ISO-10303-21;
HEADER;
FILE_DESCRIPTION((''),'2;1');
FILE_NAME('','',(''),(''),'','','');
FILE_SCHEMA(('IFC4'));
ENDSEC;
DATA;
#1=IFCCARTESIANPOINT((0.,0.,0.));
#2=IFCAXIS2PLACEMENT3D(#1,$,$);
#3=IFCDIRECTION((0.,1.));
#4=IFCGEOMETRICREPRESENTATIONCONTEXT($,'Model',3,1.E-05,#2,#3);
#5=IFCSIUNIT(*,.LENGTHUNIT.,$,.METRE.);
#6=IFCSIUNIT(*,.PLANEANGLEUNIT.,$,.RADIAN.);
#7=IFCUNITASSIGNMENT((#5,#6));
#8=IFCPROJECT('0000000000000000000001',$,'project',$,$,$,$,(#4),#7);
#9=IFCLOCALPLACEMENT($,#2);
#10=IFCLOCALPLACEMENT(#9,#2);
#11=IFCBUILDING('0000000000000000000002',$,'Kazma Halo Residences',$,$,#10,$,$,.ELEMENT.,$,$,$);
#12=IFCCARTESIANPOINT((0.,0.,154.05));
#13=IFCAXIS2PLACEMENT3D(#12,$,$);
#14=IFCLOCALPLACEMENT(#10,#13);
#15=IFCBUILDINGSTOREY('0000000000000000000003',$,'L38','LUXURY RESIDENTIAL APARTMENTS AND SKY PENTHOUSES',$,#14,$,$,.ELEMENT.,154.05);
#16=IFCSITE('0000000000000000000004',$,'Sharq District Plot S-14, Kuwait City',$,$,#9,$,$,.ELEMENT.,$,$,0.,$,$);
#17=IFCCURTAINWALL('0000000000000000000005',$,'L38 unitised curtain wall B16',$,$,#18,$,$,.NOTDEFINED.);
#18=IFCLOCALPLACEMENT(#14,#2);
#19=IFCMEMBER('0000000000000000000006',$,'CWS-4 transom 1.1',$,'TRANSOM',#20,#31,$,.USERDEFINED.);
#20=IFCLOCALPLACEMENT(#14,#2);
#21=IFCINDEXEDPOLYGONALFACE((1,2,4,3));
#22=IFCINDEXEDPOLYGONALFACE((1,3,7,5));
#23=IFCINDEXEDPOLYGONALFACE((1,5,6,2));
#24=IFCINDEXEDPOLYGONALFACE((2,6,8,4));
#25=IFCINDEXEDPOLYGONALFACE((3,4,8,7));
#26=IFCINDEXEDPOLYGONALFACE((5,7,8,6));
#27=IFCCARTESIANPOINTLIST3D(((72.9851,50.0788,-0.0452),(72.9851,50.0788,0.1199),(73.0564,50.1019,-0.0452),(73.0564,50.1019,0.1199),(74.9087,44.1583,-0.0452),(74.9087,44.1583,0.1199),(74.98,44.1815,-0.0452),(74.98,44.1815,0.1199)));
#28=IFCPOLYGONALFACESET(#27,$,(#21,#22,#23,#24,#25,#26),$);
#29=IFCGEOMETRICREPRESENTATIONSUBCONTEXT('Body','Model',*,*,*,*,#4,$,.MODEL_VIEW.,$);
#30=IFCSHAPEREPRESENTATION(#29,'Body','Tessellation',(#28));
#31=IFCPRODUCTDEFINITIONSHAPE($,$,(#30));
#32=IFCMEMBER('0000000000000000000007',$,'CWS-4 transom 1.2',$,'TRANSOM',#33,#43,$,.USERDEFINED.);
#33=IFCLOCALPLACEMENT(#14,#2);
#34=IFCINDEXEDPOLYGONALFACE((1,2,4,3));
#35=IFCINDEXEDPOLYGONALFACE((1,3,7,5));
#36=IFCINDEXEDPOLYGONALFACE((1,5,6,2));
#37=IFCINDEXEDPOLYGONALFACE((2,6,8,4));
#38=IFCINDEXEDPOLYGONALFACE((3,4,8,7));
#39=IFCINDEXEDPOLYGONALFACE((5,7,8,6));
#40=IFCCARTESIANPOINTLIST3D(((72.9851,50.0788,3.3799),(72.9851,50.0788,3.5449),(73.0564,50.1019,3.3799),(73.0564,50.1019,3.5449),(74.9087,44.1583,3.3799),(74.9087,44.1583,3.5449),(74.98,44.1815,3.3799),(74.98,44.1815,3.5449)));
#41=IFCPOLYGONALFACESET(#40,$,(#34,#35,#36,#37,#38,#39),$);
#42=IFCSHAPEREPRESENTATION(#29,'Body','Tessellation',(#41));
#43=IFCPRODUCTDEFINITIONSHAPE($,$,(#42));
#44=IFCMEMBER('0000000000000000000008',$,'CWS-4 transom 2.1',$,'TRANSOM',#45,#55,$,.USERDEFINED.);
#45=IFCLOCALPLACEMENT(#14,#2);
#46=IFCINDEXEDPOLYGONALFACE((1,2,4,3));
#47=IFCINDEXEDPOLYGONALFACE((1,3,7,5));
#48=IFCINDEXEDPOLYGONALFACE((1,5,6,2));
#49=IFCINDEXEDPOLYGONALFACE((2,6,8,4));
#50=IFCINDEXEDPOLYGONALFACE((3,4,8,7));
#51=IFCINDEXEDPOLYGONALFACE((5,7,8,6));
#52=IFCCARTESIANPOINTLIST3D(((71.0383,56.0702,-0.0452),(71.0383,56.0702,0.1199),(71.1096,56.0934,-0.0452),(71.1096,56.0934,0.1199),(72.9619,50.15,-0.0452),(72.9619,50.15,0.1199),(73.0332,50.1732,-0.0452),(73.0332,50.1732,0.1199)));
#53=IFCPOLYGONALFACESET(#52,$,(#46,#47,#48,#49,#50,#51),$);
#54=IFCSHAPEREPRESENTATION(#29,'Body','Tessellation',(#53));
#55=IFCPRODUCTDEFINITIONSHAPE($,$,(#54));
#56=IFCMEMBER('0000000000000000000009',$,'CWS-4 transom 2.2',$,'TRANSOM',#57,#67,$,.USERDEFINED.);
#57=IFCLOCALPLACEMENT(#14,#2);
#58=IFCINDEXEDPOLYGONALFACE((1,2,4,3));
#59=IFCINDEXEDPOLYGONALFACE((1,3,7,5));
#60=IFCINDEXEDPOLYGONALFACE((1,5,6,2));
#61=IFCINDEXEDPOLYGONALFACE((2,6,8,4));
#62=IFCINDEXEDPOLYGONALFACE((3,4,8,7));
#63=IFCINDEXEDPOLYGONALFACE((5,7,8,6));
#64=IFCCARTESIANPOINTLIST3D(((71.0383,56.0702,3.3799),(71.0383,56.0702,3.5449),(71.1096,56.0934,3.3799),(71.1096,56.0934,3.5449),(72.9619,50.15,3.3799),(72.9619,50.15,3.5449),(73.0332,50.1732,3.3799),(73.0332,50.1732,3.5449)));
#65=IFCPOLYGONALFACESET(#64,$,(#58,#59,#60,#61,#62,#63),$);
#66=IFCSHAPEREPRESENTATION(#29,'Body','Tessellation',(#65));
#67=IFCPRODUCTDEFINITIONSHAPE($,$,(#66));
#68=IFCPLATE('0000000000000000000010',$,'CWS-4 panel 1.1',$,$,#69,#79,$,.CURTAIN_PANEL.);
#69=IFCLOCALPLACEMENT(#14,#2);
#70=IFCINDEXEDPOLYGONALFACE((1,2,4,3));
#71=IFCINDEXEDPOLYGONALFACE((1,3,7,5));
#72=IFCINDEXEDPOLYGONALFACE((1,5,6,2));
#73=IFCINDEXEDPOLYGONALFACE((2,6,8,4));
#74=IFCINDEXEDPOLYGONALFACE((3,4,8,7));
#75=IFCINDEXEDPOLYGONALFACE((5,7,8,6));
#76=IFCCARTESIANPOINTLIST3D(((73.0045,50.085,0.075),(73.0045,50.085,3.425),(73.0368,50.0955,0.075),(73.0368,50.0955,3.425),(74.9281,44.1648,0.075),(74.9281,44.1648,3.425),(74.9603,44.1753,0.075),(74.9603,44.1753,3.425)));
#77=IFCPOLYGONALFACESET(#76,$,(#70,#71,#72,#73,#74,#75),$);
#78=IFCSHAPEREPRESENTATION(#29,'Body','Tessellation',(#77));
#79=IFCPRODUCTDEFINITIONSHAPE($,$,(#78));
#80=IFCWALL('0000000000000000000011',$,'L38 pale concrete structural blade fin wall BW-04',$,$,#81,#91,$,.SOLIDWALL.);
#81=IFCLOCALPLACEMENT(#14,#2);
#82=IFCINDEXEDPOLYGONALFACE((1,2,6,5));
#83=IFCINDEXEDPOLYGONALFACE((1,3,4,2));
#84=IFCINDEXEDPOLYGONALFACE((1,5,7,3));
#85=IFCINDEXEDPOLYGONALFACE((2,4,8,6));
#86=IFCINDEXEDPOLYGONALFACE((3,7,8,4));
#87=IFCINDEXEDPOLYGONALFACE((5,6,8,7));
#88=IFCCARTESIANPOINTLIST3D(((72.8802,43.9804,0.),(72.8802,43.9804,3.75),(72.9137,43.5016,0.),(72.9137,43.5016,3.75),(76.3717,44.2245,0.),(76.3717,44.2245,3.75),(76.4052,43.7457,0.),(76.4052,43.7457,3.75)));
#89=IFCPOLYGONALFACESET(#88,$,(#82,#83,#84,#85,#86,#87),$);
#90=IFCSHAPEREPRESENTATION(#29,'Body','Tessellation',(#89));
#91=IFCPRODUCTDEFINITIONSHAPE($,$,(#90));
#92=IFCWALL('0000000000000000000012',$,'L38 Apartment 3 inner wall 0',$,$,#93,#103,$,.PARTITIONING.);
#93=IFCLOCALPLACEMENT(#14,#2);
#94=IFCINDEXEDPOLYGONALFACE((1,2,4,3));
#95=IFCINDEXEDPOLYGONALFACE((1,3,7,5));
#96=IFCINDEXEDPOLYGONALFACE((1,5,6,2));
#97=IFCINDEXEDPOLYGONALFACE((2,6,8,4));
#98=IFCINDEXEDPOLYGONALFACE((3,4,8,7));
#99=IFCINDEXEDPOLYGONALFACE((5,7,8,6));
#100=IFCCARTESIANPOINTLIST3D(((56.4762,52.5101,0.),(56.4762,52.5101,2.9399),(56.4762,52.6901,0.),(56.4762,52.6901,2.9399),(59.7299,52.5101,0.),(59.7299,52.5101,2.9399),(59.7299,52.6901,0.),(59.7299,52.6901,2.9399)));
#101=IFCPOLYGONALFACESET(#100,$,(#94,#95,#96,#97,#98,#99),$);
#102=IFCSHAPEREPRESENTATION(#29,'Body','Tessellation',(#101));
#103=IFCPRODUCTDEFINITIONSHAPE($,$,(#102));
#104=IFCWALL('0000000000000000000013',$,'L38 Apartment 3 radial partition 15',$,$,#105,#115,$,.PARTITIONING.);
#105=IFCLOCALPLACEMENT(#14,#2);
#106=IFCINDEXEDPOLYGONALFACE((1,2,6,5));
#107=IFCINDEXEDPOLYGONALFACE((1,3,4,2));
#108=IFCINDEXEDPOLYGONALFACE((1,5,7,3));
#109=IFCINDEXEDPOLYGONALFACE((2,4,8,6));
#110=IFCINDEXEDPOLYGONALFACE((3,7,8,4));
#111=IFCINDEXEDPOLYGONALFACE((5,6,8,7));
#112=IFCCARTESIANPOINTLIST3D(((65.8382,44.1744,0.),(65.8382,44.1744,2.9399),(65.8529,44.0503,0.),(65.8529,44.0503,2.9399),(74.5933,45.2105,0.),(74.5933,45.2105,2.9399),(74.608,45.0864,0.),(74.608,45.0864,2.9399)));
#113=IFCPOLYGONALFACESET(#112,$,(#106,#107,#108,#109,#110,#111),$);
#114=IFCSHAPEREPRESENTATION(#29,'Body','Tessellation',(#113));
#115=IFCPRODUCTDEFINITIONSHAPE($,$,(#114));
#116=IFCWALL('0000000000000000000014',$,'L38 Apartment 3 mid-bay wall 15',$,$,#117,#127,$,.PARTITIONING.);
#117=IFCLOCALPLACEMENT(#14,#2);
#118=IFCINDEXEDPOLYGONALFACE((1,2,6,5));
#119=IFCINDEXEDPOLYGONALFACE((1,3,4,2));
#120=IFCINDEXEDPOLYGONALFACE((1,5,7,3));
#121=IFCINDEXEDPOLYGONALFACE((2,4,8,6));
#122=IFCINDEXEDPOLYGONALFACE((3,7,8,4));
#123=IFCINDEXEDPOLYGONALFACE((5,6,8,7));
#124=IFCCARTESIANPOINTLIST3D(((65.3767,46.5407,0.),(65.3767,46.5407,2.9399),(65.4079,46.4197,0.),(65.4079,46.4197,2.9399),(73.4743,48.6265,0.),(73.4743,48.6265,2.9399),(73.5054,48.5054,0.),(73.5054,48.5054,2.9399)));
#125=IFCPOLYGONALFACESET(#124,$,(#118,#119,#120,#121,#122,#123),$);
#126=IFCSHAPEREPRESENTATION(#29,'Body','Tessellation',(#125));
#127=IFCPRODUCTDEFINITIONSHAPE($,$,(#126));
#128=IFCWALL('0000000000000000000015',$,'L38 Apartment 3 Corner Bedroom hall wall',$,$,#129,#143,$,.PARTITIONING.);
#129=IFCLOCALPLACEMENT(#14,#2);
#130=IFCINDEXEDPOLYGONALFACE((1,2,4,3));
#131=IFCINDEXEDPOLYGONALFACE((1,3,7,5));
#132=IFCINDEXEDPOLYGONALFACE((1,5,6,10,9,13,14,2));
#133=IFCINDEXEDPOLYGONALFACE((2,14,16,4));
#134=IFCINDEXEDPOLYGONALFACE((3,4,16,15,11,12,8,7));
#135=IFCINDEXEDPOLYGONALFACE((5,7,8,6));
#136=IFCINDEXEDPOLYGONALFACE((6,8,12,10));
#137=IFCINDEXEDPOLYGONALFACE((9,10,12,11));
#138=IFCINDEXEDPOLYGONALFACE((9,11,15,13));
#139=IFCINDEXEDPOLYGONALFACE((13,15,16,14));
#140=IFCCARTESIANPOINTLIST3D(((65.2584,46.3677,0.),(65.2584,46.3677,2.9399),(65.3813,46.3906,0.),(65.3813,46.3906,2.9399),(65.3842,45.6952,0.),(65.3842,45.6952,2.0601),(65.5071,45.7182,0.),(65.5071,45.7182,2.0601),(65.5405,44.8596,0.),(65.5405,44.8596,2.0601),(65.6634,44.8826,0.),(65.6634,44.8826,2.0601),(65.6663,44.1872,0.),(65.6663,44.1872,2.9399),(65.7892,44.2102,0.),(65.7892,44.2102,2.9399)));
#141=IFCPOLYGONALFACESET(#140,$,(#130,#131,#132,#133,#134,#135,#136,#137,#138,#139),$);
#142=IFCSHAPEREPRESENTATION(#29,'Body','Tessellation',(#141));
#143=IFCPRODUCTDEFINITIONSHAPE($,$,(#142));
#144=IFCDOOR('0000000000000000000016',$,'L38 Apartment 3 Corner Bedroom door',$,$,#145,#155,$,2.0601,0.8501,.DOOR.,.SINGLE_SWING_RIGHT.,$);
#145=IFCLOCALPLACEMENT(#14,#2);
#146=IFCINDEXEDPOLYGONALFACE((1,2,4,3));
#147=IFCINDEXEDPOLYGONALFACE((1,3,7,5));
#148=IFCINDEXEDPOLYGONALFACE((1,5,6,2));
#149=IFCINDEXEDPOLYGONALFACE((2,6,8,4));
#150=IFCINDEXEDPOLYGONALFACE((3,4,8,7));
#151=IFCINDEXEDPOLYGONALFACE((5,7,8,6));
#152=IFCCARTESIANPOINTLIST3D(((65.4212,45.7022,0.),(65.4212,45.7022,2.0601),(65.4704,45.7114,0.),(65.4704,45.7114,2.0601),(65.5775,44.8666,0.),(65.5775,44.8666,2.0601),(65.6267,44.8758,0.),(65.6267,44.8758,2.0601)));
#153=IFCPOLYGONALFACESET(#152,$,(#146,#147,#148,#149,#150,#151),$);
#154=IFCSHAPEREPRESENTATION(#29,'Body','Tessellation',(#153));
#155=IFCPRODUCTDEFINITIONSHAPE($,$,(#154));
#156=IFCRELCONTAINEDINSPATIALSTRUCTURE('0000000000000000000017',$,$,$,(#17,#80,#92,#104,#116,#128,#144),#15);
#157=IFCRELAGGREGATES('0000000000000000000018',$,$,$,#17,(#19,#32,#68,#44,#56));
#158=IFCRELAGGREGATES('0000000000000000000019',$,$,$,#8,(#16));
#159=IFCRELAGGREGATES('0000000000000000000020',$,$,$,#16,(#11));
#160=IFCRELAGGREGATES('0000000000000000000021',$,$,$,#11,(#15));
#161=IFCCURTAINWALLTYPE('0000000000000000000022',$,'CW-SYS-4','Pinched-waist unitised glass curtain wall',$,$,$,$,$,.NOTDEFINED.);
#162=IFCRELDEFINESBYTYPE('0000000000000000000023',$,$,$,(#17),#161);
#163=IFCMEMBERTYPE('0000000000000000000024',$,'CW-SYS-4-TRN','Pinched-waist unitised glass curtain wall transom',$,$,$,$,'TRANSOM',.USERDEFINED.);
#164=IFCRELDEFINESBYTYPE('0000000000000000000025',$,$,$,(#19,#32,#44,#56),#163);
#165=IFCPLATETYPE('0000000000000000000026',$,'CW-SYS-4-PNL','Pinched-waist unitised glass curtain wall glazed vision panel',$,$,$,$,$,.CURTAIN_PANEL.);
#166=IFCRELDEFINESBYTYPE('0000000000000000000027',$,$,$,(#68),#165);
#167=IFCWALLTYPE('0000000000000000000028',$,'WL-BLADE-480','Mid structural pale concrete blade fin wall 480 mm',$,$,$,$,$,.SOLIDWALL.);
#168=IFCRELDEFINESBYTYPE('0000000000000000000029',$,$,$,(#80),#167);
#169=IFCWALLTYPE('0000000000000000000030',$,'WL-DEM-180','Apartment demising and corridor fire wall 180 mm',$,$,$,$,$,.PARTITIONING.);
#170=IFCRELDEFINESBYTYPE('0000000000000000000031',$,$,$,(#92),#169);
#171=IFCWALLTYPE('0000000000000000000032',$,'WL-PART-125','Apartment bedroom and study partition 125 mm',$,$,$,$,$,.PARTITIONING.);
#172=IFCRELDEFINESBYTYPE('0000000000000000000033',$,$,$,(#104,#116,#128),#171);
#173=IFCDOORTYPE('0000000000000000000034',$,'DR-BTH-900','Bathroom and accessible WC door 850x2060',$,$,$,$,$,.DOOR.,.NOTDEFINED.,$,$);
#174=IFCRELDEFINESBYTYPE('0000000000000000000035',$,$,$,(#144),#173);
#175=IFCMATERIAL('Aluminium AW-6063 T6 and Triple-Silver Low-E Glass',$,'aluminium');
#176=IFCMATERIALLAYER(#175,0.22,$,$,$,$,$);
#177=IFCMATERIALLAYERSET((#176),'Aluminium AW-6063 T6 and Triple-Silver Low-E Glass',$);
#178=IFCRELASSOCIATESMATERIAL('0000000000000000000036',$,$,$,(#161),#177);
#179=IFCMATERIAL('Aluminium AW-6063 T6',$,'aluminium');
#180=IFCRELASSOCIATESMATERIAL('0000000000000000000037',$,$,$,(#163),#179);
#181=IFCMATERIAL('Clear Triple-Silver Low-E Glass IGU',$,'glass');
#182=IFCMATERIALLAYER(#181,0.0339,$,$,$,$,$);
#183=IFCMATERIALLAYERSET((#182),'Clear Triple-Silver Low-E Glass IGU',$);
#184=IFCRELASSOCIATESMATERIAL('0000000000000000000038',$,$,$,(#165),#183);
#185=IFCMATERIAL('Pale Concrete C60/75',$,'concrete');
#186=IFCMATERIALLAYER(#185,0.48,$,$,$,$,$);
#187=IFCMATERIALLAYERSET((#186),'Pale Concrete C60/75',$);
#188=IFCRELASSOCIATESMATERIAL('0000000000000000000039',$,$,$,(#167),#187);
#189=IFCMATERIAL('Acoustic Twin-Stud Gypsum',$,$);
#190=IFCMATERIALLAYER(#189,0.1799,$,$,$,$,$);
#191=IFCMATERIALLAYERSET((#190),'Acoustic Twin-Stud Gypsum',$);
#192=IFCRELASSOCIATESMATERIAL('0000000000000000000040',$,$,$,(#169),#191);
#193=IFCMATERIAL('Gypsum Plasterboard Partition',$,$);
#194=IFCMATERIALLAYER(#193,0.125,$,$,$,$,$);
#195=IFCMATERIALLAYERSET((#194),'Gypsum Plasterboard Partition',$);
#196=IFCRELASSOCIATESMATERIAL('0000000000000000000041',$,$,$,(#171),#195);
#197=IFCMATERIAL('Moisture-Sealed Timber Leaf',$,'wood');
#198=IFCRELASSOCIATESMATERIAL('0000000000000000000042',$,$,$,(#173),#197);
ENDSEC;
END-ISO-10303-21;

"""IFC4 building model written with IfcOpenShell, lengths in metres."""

from ifc_helpers import new_model, si_unit, direction, frame, frame_2d, origin, origin_2d, place, context, subcontext, project, spatial, rectangle, extrude, material, layer, layer_set, material_profile, profile_set, type_object, element, fill, aggregate, save


model = new_model("IFC4")

# Units and contexts
model_context = context("Model", 3, precision=1e-05, world=origin(), true_north=direction((0.0, 1.0)))
body_context = subcontext(model_context, "Body", "Model", "MODEL_VIEW")
ifc_project = project(units=[si_unit("LENGTHUNIT", "METRE"), si_unit("PLANEANGLEUNIT", "RADIAN")], contexts=[model_context])

# Site, building, storey
site_placement = place(None, origin())
site = spatial("IfcSite", under=ifc_project, at=site_placement, Name="Sharq District Plot S-14, Kuwait City", CompositionType="ELEMENT", RefElevation=0.0)
building_placement = place(site_placement, origin())
building = spatial("IfcBuilding", under=site, at=building_placement, Name="Kazma Halo Residences", CompositionType="ELEMENT")
storey_placement = place(building_placement, frame((0.0, 0.0, 154.05)))
storey = spatial("IfcBuildingStorey", under=building, at=storey_placement, Name="L38", Description="LUXURY RESIDENTIAL APARTMENTS AND SKY PENTHOUSES", CompositionType="ELEMENT", Elevation=154.05)

# Shared definitions
ifc_material_1 = material(Name="Aluminium AW-6063 T6 and Triple-Silver Low-E Glass", Category="aluminium")
ifc_layer_1 = layer(ifc_material_1, 0.22)
ifc_layer_set_1 = layer_set([ifc_layer_1], Name="Aluminium AW-6063 T6 and Triple-Silver Low-E Glass")
curtain_wall_type = type_object("IfcCurtainWallType", Name="CW-SYS-4", Description="Pinched-waist unitised glass curtain wall", PredefinedType="NOTDEFINED", material=ifc_layer_set_1)
ifc_material_2 = material(Name="Aluminium AW-6063 T6", Category="aluminium")

# Curtain wall, members, plate
curtain_wall_1_placement = place(storey_placement, origin())
curtain_wall_1 = element("IfcCurtainWall", 1, at=curtain_wall_1_placement, inside=storey, type_object=curtain_wall_type, Name="L38 unitised curtain wall B16", PredefinedType="NOTDEFINED")
ifc_material_profile_1 = material_profile(ifc_material_2, rectangle(XDim=0.075, YDim=0.165, at=origin_2d()), Name="CWT-75x165")
ifc_profile_set_1 = profile_set([ifc_material_profile_1], Name="Aluminium AW-6063 T6")
member_type_1 = type_object("IfcMemberType", Name="CW-SYS-4-TRN", Description="Pinched-waist unitised glass curtain wall transom", ElementType="TRANSOM", PredefinedType="USERDEFINED", material=ifc_profile_set_1)
member_1_placement = place(storey_placement, frame((74.9443, 44.1699, 0.0374), z_axis=(-0.309006, 0.95106, 0.0), x_axis=(-0.95106, -0.309006, 0.0)))
member_1 = element("IfcMember", 2, at=member_1_placement, type_object=member_type_1, Name="CWS-4 transom 1.1", ObjectType="TRANSOM", PredefinedType="USERDEFINED", context=body_context, shape_type="SweptSolid", body=[
    extrude(rectangle(XDim=0.075, YDim=0.165, at=origin_2d()), origin(), (0.0, 0.0, 1.0), 6.2251),
])
member_2_placement = place(storey_placement, frame((74.9443, 44.1699, 3.4624), z_axis=(-0.309006, 0.95106, 0.0), x_axis=(-0.95106, -0.309006, 0.0)))
member_2 = element("IfcMember", 3, at=member_2_placement, type_object=member_type_1, Name="CWS-4 transom 1.2", ObjectType="TRANSOM", PredefinedType="USERDEFINED", context=body_context, shape_type="SweptSolid", body=[
    extrude(rectangle(XDim=0.075, YDim=0.165, at=origin_2d()), origin(), (0.0, 0.0, 1.0), 6.2251),
])
member_3_placement = place(storey_placement, frame((72.9976, 50.1616, 0.0374), z_axis=(-0.309018, 0.951056, 0.0), x_axis=(-0.951056, -0.309018, 0.0)))
member_3 = element("IfcMember", 4, at=member_3_placement, type_object=member_type_1, Name="CWS-4 transom 2.1", ObjectType="TRANSOM", PredefinedType="USERDEFINED", context=body_context, shape_type="SweptSolid", body=[
    extrude(rectangle(XDim=0.075, YDim=0.165, at=origin_2d()), origin(), (0.0, 0.0, 1.0), 6.2249),
])
member_4_placement = place(storey_placement, frame((72.9976, 50.1616, 3.4624), z_axis=(-0.309018, 0.951056, 0.0), x_axis=(-0.951056, -0.309018, 0.0)))
member_4 = element("IfcMember", 5, at=member_4_placement, type_object=member_type_1, Name="CWS-4 transom 2.2", ObjectType="TRANSOM", PredefinedType="USERDEFINED", context=body_context, shape_type="SweptSolid", body=[
    extrude(rectangle(XDim=0.075, YDim=0.165, at=origin_2d()), origin(), (0.0, 0.0, 1.0), 6.2249),
])
ifc_material_3 = material(Name="Clear Triple-Silver Low-E Glass IGU", Category="glass")
ifc_layer_2 = layer(ifc_material_3, 0.0339)
ifc_layer_set_2 = layer_set([ifc_layer_2], Name="Clear Triple-Silver Low-E Glass IGU")
plate_type = type_object("IfcPlateType", Name="CW-SYS-4-PNL", Description="Pinched-waist unitised glass curtain wall glazed vision panel", PredefinedType="CURTAIN_PANEL", material=ifc_layer_set_2)
plate_placement = place(storey_placement, frame((73.9824, 47.1301, 0.075), z_axis=(0.0, 0.0, 1.0), x_axis=(-0.309014, 0.951058, 0.0)))
plate = element("IfcPlate", 6, at=plate_placement, type_object=plate_type, Name="CWS-4 panel 1.1", PredefinedType="CURTAIN_PANEL", context=body_context, shape_type="SweptSolid", body=[
    extrude(rectangle(XDim=6.2249, YDim=0.0339, at=origin_2d()), origin(), (0.0, 0.0, 1.0), 3.3501),
])
aggregate(curtain_wall_1, [member_1, member_2, plate, member_3, member_4])

# Walls
ifc_material_4 = material(Name="Pale Concrete C60/75", Category="concrete")
ifc_layer_3 = layer(ifc_material_4, 0.48)
ifc_layer_set_3 = layer_set([ifc_layer_3], Name="Pale Concrete C60/75")
wall_type_1 = type_object("IfcWallType", Name="WL-BLADE-480", Description="Mid structural pale concrete blade fin wall 480 mm", PredefinedType="SOLIDWALL", material=ifc_layer_set_3)
wall_1_placement = place(storey_placement, frame((72.897, 43.741, 0.0), z_axis=(0.0, 0.0, 1.0), x_axis=(0.997564, 0.069755, 0.0)))
element("IfcWall", 7, at=wall_1_placement, inside=storey, type_object=wall_type_1, Name="L38 pale concrete structural blade fin wall BW-04", PredefinedType="SOLIDWALL", context=body_context, shape_type="SweptSolid", body=[
    extrude(rectangle(XDim=3.5, YDim=0.48, at=frame_2d((1.75, 0.0))), origin(), (0.0, 0.0, 1.0), 3.75),
])
ifc_material_5 = material(Name="Acoustic Twin-Stud Gypsum")
ifc_layer_4 = layer(ifc_material_5, 0.1799)
ifc_layer_set_4 = layer_set([ifc_layer_4], Name="Acoustic Twin-Stud Gypsum")
wall_type_2 = type_object("IfcWallType", Name="WL-DEM-180", Description="Apartment demising and corridor fire wall 180 mm", PredefinedType="PARTITIONING", material=ifc_layer_set_4)
wall_2_placement = place(storey_placement, frame((59.73, 52.6001, 0.0), z_axis=(0.0, 0.0, 1.0), x_axis=(-1.0, 0.0, 0.0)))
element("IfcWall", 8, at=wall_2_placement, inside=storey, type_object=wall_type_2, Name="L38 Apartment 3 inner wall 0", PredefinedType="PARTITIONING", context=body_context, shape_type="SweptSolid", body=[
    extrude(rectangle(XDim=3.2537, YDim=0.1799, at=frame_2d((1.627, 0.0))), origin(), (0.0, 0.0, 1.0), 2.9399),
])
ifc_material_6 = material(Name="Gypsum Plasterboard Partition")
ifc_layer_5 = layer(ifc_material_6, 0.125)
ifc_layer_set_5 = layer_set([ifc_layer_5], Name="Gypsum Plasterboard Partition")
wall_type_3 = type_object("IfcWallType", Name="WL-PART-125", Description="Apartment bedroom and study partition 125 mm", PredefinedType="PARTITIONING", material=ifc_layer_set_5)
wall_3_placement = place(storey_placement, frame((65.8455, 44.1123, 0.0), z_axis=(0.0, 0.0, 1.0), x_axis=(0.99307, 0.117526, 0.0)))
element("IfcWall", 9, at=wall_3_placement, inside=storey, type_object=wall_type_3, Name="L38 Apartment 3 radial partition 15", PredefinedType="PARTITIONING", context=body_context, shape_type="SweptSolid", body=[
    extrude(rectangle(XDim=8.8162, YDim=0.125, at=frame_2d((4.4082, 0.0))), origin(), (0.0, 0.0, 1.0), 2.9399),
])
wall_4_placement = place(storey_placement, frame((65.3923, 46.4802, 0.0), z_axis=(0.0, 0.0, 1.0), x_axis=(0.968392, 0.249434, 0.0)))
element("IfcWall", 10, at=wall_4_placement, inside=storey, type_object=wall_type_3, Name="L38 Apartment 3 mid-bay wall 15", PredefinedType="PARTITIONING", context=body_context, shape_type="SweptSolid", body=[
    extrude(rectangle(XDim=8.3618, YDim=0.125, at=frame_2d((4.1809, 0.0))), origin(), (0.0, 0.0, 1.0), 2.9399),
])

# Wall, opening, door
wall_5_placement = place(storey_placement, frame((65.7278, 44.1987, 0.0), z_axis=(0.0, 0.0, 1.0), x_axis=(-0.18391, 0.982943, 0.0)))
wall_5 = element("IfcWall", 11, at=wall_5_placement, inside=storey, type_object=wall_type_3, Name="L38 Apartment 3 Corner Bedroom hall wall", PredefinedType="PARTITIONING", context=body_context, shape_type="SweptSolid", body=[
    extrude(rectangle(XDim=2.2183, YDim=0.125, at=frame_2d((1.1091, 0.0))), origin(), (0.0, 0.0, 1.0), 2.9399),
])
opening_1_placement = place(wall_5_placement, frame((0.6841, 0.0, 0.0)))
opening_1 = element("IfcOpeningElement", 12, at=opening_1_placement, cuts=wall_5, PredefinedType="OPENING", context=body_context, shape_type="SweptSolid", body=[
    extrude(rectangle(XDim=0.8501, YDim=2.0601, at=frame_2d((0.425, 1.03))), frame((0.0, 0.0725, 0.0), z_axis=(0.0, -1.0, 0.0), x_axis=(1.0, 0.0, 0.0)), (0.0, 0.0, 1.0), 0.145),
])
ifc_material_7 = material(Name="Moisture-Sealed Timber Leaf", Category="wood")
door_type_1 = type_object("IfcDoorType", Name="DR-BTH-900", Description="Bathroom and accessible WC door 850x2060", OperationType="NOTDEFINED", PredefinedType="DOOR", material=ifc_material_7)
door_1_placement = place(opening_1_placement, origin())
door_1 = element("IfcDoor", 13, at=door_1_placement, inside=storey, type_object=door_type_1, Name="L38 Apartment 3 Corner Bedroom door", OperationType="SINGLE_SWING_RIGHT", OverallHeight=2.0601, OverallWidth=0.8501, PredefinedType="DOOR", context=body_context, shape_type="SweptSolid", body=[
    extrude(rectangle(XDim=0.8501, YDim=2.0601, at=frame_2d((0.425, 1.03))), frame((0.0, 0.0249, 0.0), z_axis=(0.0, -1.0, 0.0), x_axis=(1.0, 0.0, 0.0)), (0.0, 0.0, 1.0), 0.05),
])
fill(opening_1, door_1)

save(model, "model.ifc")
